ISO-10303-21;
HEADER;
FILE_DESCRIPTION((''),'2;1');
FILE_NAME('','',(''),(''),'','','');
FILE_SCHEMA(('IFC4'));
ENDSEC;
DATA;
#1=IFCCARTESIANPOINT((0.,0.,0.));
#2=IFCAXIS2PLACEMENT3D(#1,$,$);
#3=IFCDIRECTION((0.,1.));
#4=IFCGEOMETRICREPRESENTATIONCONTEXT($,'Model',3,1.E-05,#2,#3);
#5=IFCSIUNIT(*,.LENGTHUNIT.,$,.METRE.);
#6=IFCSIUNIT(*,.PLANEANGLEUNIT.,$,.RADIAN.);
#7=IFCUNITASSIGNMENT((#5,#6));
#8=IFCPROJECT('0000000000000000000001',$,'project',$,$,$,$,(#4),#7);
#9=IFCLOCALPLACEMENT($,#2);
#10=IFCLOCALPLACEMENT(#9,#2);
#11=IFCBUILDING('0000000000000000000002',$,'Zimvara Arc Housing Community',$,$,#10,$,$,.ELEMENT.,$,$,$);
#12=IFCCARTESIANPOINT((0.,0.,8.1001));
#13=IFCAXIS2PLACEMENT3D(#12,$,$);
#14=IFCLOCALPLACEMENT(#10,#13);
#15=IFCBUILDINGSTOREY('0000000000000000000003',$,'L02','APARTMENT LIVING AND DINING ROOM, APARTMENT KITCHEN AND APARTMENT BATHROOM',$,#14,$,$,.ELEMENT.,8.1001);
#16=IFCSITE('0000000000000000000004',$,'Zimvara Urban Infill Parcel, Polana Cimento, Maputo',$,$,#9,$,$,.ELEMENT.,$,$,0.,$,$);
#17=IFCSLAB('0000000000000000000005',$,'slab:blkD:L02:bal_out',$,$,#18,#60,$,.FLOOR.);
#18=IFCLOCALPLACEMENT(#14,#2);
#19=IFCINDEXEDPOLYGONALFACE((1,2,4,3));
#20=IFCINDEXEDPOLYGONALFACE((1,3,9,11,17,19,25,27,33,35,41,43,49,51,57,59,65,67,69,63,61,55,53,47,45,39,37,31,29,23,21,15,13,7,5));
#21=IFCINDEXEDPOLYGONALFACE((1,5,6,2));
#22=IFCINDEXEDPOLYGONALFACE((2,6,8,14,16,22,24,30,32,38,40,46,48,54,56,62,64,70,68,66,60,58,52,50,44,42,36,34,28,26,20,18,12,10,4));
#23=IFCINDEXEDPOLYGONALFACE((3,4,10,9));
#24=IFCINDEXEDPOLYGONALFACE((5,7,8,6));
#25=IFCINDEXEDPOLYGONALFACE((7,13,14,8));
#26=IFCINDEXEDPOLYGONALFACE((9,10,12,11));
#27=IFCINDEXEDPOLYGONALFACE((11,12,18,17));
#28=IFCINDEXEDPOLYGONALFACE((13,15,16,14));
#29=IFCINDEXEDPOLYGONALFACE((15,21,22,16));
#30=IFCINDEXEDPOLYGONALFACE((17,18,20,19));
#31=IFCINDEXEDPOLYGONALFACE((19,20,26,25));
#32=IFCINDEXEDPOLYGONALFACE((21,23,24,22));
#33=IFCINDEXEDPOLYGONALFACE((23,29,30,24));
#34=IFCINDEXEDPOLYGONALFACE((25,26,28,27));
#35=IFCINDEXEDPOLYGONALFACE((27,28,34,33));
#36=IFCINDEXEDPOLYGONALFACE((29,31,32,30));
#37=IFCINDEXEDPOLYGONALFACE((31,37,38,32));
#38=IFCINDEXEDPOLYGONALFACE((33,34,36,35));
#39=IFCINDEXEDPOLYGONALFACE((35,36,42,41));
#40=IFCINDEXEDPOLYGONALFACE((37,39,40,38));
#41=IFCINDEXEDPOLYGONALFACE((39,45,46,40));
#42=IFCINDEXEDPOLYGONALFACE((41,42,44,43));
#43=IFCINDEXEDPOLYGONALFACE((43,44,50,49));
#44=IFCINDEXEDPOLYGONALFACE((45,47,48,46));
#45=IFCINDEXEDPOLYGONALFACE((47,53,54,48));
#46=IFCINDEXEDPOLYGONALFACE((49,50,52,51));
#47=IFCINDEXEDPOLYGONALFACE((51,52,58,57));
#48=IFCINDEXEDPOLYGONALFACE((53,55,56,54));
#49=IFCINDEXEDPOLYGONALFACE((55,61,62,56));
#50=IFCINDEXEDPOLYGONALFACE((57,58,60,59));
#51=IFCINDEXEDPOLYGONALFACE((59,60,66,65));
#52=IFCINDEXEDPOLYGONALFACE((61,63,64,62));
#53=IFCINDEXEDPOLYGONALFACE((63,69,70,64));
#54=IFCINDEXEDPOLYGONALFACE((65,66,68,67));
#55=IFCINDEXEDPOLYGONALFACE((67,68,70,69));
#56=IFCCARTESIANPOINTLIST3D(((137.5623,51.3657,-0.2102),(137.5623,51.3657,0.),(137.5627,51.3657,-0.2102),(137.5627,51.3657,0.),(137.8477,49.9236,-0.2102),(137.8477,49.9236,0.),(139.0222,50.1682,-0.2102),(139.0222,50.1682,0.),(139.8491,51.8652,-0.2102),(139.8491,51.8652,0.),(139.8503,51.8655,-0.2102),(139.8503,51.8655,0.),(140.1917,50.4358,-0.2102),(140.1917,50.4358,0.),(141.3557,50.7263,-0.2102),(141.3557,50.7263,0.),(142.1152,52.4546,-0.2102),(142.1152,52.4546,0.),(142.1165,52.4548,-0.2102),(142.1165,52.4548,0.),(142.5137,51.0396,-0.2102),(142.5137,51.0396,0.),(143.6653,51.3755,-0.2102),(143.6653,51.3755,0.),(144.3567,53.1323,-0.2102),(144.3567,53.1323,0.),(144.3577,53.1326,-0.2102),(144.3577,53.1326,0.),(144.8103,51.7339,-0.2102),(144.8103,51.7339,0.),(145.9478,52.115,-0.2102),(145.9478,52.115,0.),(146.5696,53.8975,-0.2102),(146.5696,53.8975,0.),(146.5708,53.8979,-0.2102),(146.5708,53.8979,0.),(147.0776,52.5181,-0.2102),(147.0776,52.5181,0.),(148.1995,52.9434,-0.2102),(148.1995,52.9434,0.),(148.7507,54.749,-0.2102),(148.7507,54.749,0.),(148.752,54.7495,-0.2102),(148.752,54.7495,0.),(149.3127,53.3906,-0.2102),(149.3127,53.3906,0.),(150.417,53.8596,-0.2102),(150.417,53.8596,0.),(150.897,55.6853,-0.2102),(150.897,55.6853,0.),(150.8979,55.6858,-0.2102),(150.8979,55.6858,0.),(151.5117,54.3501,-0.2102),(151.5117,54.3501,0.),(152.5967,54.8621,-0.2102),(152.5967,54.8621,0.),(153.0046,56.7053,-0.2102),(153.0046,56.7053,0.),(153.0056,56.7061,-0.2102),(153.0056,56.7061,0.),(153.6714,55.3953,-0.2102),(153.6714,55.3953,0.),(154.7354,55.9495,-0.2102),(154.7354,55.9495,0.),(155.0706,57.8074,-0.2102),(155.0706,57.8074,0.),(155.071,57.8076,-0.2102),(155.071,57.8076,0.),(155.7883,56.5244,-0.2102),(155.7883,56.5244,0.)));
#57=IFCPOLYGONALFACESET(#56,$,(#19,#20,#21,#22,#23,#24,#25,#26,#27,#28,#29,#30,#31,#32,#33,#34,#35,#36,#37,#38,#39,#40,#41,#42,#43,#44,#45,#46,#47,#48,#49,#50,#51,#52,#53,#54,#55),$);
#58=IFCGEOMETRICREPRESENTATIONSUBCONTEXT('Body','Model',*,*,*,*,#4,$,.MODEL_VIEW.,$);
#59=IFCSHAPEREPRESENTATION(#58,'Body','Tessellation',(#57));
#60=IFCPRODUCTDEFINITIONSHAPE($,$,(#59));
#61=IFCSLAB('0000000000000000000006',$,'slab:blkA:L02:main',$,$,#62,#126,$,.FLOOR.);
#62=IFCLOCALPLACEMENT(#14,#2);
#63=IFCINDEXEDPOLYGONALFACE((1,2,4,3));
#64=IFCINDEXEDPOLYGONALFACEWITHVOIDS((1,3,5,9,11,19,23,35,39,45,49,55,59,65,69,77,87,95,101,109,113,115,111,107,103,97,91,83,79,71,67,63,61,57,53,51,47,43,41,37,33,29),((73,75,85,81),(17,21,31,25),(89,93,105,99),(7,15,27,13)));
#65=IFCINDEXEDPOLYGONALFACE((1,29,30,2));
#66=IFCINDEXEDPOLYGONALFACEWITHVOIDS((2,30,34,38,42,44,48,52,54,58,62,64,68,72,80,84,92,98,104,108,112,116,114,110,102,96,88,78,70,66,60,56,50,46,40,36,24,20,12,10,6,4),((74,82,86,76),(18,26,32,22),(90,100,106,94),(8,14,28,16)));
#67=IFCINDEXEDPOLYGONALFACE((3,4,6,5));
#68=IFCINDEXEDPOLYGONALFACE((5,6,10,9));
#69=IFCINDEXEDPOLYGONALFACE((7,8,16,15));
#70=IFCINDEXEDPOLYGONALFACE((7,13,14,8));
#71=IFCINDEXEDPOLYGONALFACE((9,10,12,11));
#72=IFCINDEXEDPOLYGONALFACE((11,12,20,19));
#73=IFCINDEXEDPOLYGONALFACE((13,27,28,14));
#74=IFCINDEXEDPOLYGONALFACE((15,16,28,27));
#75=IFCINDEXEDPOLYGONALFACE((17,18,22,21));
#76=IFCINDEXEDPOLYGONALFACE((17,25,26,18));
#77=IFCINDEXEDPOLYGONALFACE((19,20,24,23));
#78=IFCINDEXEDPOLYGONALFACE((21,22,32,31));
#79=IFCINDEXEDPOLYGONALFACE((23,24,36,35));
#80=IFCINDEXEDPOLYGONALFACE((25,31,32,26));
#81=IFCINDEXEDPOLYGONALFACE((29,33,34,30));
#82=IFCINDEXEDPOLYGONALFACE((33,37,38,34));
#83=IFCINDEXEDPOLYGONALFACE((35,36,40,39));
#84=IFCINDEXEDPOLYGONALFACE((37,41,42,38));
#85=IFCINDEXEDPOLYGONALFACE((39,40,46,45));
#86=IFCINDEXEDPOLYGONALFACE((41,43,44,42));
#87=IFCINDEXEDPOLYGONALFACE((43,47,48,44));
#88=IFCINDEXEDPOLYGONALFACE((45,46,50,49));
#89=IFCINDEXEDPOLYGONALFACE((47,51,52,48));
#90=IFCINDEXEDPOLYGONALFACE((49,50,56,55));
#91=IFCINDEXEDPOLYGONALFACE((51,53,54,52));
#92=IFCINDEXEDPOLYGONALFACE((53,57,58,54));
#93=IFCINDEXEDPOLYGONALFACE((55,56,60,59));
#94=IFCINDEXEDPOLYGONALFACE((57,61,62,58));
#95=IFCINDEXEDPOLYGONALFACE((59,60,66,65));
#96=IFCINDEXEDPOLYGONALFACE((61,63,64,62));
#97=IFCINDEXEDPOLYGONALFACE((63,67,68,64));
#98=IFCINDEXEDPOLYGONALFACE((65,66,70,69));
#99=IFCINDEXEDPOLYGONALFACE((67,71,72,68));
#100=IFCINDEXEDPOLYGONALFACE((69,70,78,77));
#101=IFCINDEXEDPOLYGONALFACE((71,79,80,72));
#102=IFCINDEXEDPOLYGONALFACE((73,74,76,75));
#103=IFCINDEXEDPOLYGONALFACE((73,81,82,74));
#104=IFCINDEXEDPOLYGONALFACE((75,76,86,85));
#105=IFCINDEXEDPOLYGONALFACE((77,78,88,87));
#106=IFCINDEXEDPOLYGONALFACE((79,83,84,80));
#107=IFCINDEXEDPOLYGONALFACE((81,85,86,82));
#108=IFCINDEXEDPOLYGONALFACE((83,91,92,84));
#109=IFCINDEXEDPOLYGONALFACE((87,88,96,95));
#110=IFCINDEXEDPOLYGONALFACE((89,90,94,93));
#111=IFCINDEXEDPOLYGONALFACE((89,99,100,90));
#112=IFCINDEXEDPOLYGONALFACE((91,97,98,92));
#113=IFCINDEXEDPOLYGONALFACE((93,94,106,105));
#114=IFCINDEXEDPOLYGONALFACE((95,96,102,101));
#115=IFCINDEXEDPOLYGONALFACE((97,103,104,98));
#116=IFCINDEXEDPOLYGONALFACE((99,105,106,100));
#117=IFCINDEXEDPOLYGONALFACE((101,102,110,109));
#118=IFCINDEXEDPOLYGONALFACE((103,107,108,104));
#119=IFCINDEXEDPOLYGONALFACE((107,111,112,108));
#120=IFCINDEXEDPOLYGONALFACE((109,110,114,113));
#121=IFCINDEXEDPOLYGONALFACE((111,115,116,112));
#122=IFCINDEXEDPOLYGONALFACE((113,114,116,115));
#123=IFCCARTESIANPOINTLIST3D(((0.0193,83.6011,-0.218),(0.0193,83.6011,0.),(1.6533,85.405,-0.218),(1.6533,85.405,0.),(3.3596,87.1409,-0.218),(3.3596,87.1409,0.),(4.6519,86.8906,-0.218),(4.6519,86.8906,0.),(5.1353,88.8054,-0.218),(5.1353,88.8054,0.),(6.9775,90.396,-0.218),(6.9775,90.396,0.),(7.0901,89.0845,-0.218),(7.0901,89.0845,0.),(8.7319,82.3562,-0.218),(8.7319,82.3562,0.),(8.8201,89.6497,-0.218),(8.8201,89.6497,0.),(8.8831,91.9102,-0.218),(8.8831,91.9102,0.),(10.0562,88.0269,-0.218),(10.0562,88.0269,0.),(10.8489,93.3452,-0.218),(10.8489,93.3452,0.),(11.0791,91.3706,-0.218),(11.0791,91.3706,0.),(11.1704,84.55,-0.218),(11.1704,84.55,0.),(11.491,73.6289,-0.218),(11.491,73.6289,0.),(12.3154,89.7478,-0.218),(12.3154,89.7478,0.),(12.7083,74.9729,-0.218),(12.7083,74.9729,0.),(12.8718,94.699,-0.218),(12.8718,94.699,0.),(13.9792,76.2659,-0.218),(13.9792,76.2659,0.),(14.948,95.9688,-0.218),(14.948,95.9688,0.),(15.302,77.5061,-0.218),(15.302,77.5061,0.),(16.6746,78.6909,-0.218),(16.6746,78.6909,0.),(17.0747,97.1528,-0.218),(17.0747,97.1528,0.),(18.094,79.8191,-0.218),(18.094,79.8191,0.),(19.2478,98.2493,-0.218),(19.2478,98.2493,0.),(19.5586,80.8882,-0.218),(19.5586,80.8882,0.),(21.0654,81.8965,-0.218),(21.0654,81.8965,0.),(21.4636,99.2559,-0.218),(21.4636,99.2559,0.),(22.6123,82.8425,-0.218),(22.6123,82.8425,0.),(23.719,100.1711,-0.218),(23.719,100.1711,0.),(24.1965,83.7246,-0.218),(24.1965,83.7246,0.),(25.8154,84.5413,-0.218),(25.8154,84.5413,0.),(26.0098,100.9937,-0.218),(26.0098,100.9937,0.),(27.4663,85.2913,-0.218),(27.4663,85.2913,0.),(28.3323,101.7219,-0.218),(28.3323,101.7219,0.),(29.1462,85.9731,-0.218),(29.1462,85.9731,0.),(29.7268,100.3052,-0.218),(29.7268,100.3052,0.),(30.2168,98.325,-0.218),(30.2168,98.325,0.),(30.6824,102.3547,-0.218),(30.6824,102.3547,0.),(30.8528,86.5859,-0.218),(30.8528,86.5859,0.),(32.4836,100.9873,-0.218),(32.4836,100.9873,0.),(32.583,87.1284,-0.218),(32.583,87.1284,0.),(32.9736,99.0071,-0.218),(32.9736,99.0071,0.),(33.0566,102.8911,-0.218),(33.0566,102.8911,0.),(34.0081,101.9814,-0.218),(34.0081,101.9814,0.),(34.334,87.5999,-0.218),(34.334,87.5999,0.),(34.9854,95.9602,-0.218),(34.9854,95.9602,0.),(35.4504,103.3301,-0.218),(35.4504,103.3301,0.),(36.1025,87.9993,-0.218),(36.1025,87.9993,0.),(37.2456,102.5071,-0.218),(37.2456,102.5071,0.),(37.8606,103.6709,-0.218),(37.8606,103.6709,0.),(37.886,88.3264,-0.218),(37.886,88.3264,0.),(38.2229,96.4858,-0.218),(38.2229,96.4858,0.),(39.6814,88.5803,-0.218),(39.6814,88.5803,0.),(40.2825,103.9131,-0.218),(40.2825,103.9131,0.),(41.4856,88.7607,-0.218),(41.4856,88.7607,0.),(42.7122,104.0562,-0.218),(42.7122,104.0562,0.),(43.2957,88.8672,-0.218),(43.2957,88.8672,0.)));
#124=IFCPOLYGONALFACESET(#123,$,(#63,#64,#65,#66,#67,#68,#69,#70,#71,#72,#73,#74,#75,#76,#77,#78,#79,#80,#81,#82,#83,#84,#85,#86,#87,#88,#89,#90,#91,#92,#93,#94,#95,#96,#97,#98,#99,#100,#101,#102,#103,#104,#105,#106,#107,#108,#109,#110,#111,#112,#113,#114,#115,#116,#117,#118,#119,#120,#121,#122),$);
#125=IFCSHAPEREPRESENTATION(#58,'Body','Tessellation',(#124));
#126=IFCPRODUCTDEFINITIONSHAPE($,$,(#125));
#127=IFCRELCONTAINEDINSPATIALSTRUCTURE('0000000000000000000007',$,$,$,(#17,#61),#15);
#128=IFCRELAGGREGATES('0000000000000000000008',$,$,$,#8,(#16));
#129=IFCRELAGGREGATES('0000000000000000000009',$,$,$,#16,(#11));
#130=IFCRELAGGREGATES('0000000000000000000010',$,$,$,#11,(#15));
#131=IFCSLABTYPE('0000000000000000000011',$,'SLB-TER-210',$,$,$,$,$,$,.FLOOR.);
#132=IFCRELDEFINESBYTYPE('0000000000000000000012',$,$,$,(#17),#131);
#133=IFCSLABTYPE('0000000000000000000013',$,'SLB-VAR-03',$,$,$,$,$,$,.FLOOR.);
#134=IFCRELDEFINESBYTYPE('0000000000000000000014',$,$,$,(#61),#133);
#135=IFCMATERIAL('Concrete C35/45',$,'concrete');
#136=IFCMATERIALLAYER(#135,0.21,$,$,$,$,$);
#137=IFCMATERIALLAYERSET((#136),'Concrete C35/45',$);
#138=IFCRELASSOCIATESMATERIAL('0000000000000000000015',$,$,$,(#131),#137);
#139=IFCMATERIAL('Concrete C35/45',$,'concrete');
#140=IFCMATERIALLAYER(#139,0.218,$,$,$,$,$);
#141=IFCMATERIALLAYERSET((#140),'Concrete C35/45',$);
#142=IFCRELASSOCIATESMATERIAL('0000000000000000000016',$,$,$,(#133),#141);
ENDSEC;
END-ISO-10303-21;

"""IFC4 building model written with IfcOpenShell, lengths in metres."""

from ifc_helpers import new_model, si_unit, direction, frame, origin, place, context, subcontext, project, spatial, polyline, outline, extrude, material, layer, layer_set, type_object, element, save


model = new_model("IFC4")

# Units and contexts
model_context = context("Model", 3, precision=1e-05, world=origin(), true_north=direction((0.0, 1.0)))
body_context = subcontext(model_context, "Body", "Model", "MODEL_VIEW")
ifc_project = project(units=[si_unit("LENGTHUNIT", "METRE"), si_unit("PLANEANGLEUNIT", "RADIAN")], contexts=[model_context])

# Site, building, storey
site_placement = place(None, origin())
site = spatial("IfcSite", under=ifc_project, at=site_placement, Name="Zimvara Urban Infill Parcel, Polana Cimento, Maputo", CompositionType="ELEMENT", RefElevation=0.0)
building_placement = place(site_placement, origin())
building = spatial("IfcBuilding", under=site, at=building_placement, Name="Zimvara Arc Housing Community", CompositionType="ELEMENT")
storey_placement = place(building_placement, frame((0.0, 0.0, 8.1001)))
storey = spatial("IfcBuildingStorey", under=building, at=storey_placement, Name="L02", Description="APARTMENT LIVING AND DINING ROOM, APARTMENT KITCHEN AND APARTMENT BATHROOM", CompositionType="ELEMENT", Elevation=8.1001)

# Slabs
ifc_material_1 = material(Name="Concrete C35/45", Category="concrete")
ifc_layer_1 = layer(ifc_material_1, 0.21)
ifc_layer_set_1 = layer_set([ifc_layer_1], Name="Concrete C35/45")
slab_type_1 = type_object("IfcSlabType", Name="SLB-TER-210", PredefinedType="FLOOR", material=ifc_layer_set_1)
slab_1_placement = place(storey_placement, frame((0.0, 0.0, -0.2102)))
element("IfcSlab", 1, at=slab_1_placement, inside=storey, type_object=slab_type_1, Name="slab:blkD:L02:bal_out", PredefinedType="FLOOR", context=body_context, shape_type="SweptSolid", body=[
    extrude(outline(polyline([(155.071, 57.8076), (155.0706, 57.8074), (153.0056, 56.7061), (153.0046, 56.7053), (150.8979, 55.6858), (150.897, 55.6853), (148.752, 54.7495), (148.7507, 54.749), (146.5708, 53.8979), (146.5696, 53.8975), (144.3577, 53.1326), (144.3567, 53.1323), (142.1165, 52.4548), (142.1152, 52.4546), (139.8503, 51.8655), (139.8491, 51.8652), (137.5627, 51.3657), (137.5623, 51.3657), (137.8477, 49.9236), (139.0222, 50.1682), (140.1917, 50.4358), (141.3557, 50.7263), (142.5137, 51.0396), (143.6653, 51.3755), (144.8103, 51.7339), (145.9478, 52.115), (147.0776, 52.5181), (148.1995, 52.9434), (149.3127, 53.3906), (150.417, 53.8596), (151.5117, 54.3501), (152.5967, 54.8621), (153.6714, 55.3953), (154.7354, 55.9495), (155.7883, 56.5244), (155.071, 57.8076)])), origin(), (0.0, 0.0, 1.0), 0.2102),
])
ifc_material_2 = material(Name="Concrete C35/45", Category="concrete")
ifc_layer_2 = layer(ifc_material_2, 0.218)
ifc_layer_set_2 = layer_set([ifc_layer_2], Name="Concrete C35/45")
slab_type_2 = type_object("IfcSlabType", Name="SLB-VAR-03", PredefinedType="FLOOR", material=ifc_layer_set_2)
slab_2_placement = place(storey_placement, frame((0.0, 0.0, -0.218)))
element("IfcSlab", 2, at=slab_2_placement, inside=storey, type_object=slab_type_2, Name="slab:blkA:L02:main", PredefinedType="FLOOR", context=body_context, shape_type="SweptSolid", body=[
    extrude(outline(polyline([(11.491, 73.6289), (12.7083, 74.9729), (13.9792, 76.2659), (15.302, 77.5061), (16.6746, 78.6909), (18.094, 79.8191), (19.5586, 80.8882), (21.0654, 81.8965), (22.6123, 82.8425), (24.1965, 83.7246), (25.8154, 84.5413), (27.4663, 85.2913), (29.1462, 85.9731), (30.8528, 86.5859), (32.583, 87.1284), (34.334, 87.5999), (36.1025, 87.9993), (37.886, 88.3264), (39.6814, 88.5803), (41.4856, 88.7607), (43.2957, 88.8672), (42.7122, 104.0562), (40.2825, 103.9131), (37.8606, 103.6709), (35.4504, 103.3301), (33.0566, 102.8911), (30.6824, 102.3547), (28.3323, 101.7219), (26.0098, 100.9937), (23.719, 100.1711), (21.4636, 99.2559), (19.2478, 98.2493), (17.0747, 97.1528), (14.948, 95.9688), (12.8718, 94.699), (10.8489, 93.3452), (8.8831, 91.9102), (6.9775, 90.396), (5.1353, 88.8054), (3.3596, 87.1409), (1.6533, 85.405), (0.0193, 83.6011), (11.491, 73.6289)]), holes=[polyline([(8.7319, 82.3562), (4.6519, 86.8906), (7.0901, 89.0845), (11.1704, 84.55), (8.7319, 82.3562)]), polyline([(34.9854, 95.9602), (34.0081, 101.9814), (37.2456, 102.5071), (38.2229, 96.4858), (34.9854, 95.9602)]), polyline([(10.0562, 88.0269), (8.8201, 89.6497), (11.0791, 91.3706), (12.3154, 89.7478), (10.0562, 88.0269)]), polyline([(30.2168, 98.325), (29.7268, 100.3052), (32.4836, 100.9873), (32.9736, 99.0071), (30.2168, 98.325)])]), origin(), (0.0, 0.0, 1.0), 0.218),
])

save(model, "model.ifc")
